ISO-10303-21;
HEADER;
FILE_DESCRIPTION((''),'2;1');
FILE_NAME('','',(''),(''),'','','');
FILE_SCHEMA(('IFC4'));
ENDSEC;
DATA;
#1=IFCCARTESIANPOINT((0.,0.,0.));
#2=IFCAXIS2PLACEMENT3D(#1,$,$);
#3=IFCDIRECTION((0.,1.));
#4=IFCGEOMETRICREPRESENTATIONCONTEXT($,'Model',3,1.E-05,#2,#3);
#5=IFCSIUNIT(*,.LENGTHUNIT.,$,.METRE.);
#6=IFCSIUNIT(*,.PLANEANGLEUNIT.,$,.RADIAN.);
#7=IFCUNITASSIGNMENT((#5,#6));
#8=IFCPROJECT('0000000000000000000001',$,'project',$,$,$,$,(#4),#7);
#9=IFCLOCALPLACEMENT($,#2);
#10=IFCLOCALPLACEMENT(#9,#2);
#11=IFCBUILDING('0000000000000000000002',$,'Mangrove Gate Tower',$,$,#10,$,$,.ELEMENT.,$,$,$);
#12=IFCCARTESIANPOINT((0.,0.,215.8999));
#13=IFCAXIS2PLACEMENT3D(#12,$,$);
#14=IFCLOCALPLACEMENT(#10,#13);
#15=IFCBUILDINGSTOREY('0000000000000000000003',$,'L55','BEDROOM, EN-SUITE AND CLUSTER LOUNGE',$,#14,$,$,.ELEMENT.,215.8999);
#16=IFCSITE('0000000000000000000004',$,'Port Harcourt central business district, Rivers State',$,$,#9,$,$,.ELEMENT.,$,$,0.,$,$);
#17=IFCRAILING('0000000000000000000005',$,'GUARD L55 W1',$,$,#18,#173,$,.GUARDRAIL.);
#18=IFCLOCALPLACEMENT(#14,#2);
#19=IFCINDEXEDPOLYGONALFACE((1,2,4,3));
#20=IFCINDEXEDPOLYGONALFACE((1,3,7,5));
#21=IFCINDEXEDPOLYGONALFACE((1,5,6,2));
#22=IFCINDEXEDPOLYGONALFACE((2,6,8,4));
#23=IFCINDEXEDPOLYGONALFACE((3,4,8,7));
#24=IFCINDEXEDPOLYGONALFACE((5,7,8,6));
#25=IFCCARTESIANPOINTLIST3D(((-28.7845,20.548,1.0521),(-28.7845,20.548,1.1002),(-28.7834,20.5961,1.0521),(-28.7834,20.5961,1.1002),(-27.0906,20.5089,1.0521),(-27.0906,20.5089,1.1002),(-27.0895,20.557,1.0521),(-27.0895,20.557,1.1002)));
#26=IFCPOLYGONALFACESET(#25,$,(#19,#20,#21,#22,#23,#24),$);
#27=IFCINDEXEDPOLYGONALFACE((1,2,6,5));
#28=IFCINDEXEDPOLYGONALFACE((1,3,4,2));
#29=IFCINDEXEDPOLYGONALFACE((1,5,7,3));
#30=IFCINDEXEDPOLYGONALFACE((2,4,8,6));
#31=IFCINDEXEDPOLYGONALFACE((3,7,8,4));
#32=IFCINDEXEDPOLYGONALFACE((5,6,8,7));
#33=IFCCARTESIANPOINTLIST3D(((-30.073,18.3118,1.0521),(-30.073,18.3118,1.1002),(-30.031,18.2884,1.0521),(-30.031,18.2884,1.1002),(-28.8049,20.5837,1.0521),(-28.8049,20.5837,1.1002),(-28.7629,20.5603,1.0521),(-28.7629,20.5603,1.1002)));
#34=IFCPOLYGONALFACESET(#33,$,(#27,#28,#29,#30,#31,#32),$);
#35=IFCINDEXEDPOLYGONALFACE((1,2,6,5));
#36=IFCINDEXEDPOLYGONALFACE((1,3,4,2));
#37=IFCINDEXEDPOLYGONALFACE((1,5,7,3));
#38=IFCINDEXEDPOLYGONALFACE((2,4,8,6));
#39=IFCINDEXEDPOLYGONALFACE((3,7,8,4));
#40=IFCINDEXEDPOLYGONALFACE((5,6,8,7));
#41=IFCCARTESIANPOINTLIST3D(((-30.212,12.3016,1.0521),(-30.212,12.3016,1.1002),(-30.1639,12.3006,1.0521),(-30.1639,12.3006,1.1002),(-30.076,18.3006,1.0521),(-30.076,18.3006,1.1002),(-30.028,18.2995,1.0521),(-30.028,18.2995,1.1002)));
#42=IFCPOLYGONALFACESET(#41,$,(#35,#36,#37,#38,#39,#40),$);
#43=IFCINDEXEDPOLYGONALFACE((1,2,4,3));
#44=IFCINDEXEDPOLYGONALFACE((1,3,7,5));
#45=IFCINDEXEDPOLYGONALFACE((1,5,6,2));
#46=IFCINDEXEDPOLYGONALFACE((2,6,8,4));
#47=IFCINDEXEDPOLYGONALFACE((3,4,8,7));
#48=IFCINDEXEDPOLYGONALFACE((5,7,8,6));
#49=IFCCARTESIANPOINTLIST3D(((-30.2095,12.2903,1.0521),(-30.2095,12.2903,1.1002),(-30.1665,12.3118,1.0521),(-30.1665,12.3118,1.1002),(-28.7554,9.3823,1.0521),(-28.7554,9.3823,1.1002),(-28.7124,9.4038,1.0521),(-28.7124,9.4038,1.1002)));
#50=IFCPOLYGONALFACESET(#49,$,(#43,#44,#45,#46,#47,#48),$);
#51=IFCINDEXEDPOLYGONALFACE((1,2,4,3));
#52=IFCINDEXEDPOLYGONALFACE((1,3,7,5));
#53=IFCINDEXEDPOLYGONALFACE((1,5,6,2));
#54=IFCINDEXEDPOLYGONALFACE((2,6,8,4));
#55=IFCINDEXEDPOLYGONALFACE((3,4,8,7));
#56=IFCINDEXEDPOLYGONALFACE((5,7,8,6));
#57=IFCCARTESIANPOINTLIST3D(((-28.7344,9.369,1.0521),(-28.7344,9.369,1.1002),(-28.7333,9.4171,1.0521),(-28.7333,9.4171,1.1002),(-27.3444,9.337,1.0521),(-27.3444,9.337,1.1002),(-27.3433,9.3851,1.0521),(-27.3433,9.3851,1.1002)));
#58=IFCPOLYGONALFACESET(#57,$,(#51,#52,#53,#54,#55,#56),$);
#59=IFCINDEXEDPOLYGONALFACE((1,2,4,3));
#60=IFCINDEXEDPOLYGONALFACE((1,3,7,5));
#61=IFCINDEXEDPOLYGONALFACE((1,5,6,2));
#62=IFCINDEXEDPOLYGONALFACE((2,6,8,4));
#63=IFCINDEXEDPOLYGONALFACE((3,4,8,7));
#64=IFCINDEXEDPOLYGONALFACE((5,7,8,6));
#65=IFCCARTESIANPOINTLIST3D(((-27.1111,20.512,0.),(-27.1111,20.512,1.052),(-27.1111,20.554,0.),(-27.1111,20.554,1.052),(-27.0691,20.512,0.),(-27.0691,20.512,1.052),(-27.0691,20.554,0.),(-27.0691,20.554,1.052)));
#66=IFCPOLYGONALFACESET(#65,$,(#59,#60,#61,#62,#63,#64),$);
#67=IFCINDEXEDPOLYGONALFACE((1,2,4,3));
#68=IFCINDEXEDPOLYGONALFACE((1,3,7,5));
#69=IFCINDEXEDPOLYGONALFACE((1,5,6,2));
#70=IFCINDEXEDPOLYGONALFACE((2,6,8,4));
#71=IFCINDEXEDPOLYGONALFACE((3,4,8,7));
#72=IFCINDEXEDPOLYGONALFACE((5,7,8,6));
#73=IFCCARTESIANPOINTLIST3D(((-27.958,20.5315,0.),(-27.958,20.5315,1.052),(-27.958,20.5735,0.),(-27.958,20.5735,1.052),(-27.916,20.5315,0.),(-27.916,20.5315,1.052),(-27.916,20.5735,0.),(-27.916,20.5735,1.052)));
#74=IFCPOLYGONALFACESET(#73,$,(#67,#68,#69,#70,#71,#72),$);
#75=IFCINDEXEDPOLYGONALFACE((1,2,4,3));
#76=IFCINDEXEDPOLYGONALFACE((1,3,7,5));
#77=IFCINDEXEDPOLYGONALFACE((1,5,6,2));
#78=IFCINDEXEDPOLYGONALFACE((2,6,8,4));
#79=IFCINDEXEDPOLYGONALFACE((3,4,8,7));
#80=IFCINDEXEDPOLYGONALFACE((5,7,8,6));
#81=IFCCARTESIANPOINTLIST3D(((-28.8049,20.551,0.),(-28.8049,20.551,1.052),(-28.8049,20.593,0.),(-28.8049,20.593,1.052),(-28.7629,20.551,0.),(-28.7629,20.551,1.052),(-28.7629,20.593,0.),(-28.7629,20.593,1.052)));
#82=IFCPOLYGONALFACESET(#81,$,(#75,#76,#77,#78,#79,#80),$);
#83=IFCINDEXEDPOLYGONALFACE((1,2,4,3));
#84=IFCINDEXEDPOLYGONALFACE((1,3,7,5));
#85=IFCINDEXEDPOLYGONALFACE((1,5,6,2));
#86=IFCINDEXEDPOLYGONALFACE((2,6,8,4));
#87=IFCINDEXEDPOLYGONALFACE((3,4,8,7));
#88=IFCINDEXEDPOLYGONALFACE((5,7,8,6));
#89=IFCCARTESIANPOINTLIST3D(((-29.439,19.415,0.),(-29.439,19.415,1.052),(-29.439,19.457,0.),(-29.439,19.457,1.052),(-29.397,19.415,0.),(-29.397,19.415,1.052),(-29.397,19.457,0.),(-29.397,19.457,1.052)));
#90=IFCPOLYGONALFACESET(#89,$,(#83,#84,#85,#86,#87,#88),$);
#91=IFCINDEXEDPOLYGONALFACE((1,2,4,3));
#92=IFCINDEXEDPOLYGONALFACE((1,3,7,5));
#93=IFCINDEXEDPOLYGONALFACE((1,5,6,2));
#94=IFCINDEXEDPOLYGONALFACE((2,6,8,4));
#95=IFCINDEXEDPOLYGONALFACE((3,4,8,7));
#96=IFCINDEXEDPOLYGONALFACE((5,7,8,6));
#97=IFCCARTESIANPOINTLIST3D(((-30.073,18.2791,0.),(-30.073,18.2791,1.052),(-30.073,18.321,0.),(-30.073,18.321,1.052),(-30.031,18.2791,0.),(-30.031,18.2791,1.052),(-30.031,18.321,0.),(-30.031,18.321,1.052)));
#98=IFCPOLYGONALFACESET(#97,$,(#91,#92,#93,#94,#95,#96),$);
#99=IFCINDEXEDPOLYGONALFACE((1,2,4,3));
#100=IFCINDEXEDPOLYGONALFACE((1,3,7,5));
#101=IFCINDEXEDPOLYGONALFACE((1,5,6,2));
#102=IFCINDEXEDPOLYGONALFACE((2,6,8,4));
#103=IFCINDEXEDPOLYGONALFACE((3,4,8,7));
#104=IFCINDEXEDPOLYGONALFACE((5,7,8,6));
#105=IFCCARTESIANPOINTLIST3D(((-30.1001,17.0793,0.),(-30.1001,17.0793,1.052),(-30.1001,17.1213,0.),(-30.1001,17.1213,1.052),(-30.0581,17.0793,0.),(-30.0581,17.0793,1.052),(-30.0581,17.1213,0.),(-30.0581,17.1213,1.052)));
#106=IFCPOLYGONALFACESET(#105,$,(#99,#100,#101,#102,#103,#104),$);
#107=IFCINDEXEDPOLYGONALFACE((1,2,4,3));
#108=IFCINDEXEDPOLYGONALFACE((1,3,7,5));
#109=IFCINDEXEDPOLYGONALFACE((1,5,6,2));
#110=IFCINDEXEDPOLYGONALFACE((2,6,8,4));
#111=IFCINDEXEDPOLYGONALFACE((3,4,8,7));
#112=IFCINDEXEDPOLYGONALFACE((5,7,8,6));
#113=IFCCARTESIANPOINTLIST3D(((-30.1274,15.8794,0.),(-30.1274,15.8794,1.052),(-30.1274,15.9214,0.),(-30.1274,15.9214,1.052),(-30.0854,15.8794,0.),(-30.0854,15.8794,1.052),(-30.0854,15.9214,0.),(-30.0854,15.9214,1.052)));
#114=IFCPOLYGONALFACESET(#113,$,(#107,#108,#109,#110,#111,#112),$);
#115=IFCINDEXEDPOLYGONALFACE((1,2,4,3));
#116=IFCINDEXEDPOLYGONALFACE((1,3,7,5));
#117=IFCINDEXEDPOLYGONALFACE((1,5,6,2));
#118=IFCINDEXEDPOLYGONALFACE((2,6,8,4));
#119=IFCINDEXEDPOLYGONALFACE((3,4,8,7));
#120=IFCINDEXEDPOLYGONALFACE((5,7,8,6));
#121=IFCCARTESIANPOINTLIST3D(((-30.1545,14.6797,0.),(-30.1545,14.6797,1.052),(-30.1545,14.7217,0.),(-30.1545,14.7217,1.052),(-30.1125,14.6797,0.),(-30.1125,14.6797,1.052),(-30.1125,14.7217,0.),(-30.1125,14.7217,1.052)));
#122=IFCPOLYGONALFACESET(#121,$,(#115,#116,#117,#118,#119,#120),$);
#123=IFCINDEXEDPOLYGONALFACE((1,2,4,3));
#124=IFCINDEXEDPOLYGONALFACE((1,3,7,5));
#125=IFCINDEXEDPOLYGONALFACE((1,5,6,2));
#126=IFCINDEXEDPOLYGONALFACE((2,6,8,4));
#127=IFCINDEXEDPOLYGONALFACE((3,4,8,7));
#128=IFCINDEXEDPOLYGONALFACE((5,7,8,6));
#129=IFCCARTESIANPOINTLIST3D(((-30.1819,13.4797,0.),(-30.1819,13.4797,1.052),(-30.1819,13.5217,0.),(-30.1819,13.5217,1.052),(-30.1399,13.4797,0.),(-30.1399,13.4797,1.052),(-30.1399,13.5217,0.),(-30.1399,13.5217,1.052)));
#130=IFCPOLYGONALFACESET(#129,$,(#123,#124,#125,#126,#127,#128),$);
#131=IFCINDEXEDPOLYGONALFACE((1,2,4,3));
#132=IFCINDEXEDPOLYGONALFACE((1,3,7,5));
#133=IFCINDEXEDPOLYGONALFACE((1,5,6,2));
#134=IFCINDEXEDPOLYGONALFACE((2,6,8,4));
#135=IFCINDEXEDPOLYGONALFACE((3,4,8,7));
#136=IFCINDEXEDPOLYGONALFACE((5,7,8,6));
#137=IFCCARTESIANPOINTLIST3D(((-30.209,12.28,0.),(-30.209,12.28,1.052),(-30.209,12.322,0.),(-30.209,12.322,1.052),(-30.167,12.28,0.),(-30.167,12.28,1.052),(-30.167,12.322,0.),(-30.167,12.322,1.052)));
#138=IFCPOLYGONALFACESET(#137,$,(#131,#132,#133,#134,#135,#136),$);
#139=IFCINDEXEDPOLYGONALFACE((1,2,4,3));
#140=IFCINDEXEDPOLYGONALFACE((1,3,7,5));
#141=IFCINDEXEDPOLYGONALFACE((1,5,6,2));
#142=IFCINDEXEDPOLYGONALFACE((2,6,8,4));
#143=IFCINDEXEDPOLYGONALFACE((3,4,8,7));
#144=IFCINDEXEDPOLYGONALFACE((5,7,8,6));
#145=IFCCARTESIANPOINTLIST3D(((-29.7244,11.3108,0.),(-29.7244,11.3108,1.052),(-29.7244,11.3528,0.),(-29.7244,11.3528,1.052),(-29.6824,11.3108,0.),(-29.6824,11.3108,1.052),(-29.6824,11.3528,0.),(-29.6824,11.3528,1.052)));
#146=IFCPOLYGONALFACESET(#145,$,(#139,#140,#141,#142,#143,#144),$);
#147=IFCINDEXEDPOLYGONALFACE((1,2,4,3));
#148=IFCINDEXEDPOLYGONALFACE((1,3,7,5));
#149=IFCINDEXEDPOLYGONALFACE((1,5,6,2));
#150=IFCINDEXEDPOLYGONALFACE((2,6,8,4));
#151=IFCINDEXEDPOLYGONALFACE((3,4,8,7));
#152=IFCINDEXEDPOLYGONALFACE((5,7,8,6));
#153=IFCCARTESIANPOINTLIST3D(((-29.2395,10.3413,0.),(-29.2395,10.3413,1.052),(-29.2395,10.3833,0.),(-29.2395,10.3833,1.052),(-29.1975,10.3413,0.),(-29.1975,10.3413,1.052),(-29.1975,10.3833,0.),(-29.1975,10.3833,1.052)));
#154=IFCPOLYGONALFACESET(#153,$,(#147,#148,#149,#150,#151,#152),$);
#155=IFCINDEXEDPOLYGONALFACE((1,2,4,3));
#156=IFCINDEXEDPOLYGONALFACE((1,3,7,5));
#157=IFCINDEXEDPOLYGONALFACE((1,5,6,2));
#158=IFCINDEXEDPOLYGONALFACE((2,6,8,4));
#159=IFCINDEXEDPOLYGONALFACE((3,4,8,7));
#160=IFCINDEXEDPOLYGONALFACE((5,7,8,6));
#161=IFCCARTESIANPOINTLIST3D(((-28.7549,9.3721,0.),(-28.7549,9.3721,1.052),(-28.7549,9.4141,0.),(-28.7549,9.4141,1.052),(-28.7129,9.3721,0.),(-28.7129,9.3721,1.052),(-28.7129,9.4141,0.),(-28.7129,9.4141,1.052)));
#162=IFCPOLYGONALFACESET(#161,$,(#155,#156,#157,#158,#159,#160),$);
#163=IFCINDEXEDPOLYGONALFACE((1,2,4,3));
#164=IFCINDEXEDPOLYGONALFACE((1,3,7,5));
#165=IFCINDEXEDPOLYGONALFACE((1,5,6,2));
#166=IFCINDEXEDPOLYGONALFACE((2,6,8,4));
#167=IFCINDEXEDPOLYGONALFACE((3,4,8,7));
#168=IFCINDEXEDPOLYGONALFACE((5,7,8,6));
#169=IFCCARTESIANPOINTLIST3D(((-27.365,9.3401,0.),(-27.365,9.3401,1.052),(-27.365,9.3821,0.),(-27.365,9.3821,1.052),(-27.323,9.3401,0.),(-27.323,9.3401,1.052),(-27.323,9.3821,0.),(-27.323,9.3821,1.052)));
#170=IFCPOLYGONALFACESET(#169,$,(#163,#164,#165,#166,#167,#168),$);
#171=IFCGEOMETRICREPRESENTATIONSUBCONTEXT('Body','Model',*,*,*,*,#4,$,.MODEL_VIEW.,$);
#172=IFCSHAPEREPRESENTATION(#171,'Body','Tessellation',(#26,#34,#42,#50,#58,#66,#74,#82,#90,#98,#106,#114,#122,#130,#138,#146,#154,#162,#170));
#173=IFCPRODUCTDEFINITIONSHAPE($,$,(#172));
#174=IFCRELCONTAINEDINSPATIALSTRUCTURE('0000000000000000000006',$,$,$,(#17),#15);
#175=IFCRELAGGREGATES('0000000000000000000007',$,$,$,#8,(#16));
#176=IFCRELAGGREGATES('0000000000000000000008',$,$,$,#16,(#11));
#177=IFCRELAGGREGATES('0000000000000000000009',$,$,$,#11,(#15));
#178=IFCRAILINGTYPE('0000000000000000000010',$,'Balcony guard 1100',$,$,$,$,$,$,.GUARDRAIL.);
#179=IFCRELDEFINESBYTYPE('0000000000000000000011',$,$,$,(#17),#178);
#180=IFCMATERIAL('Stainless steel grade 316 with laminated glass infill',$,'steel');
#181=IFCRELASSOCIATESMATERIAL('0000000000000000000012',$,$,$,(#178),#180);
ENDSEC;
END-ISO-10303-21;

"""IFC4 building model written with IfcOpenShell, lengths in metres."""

from ifc_helpers import new_model, si_unit, direction, frame, origin, origin_2d, place, context, subcontext, project, spatial, rectangle, extrude, material, type_object, element, save


model = new_model("IFC4")

# Units and contexts
model_context = context("Model", 3, precision=1e-05, world=origin(), true_north=direction((0.0, 1.0)))
body_context = subcontext(model_context, "Body", "Model", "MODEL_VIEW")
ifc_project = project(units=[si_unit("LENGTHUNIT", "METRE"), si_unit("PLANEANGLEUNIT", "RADIAN")], contexts=[model_context])

# Site, building, storey
site_placement = place(None, origin())
site = spatial("IfcSite", under=ifc_project, at=site_placement, Name="Port Harcourt central business district, Rivers State", CompositionType="ELEMENT", RefElevation=0.0)
building_placement = place(site_placement, origin())
building = spatial("IfcBuilding", under=site, at=building_placement, Name="Mangrove Gate Tower", CompositionType="ELEMENT")
storey_placement = place(building_placement, frame((0.0, 0.0, 215.8999)))
storey = spatial("IfcBuildingStorey", under=building, at=storey_placement, Name="L55", Description="BEDROOM, EN-SUITE AND CLUSTER LOUNGE", CompositionType="ELEMENT", Elevation=215.8999)

# Railing
ifc_material_1 = material(Name="Stainless steel grade 316 with laminated glass infill", Category="steel")
railing_type = type_object("IfcRailingType", Name="Balcony guard 1100", PredefinedType="GUARDRAIL", material=ifc_material_1)
railing_placement = place(storey_placement, frame((-27.0901, 20.533, 0.0)))
element("IfcRailing", 1, at=railing_placement, inside=storey, type_object=railing_type, Name="GUARD L55 W1", PredefinedType="GUARDRAIL", context=body_context, shape_type="SweptSolid", body=[
    extrude(rectangle(XDim=0.0481, YDim=0.0481, at=origin_2d()), frame((0.0, 0.0, 1.0762), z_axis=(-0.999734, 0.023055, 0.0), x_axis=(-0.023055, -0.999734, 0.0)), (0.0, 0.0, 1.0), 1.6943),
    extrude(rectangle(XDim=0.0481, YDim=0.0481, at=origin_2d()), frame((-1.6938, 0.0391, 1.0762), z_axis=(-0.487363, -0.8732, 0.0), x_axis=(0.8732, -0.487363, 0.0)), (0.0, 0.0, 1.0), 2.6018),
    extrude(rectangle(XDim=0.0481, YDim=0.0481, at=origin_2d()), frame((-2.9619, -2.2329, 1.0762), z_axis=(-0.022662, -0.999743, 0.0), x_axis=(0.999743, -0.022662, 0.0)), (0.0, 0.0, 1.0), 6.0005),
    extrude(rectangle(XDim=0.0481, YDim=0.0481, at=origin_2d()), frame((-3.0979, -8.2319, 1.0762), z_axis=(0.447244, -0.894412, 0.0), x_axis=(0.894412, 0.447244, 0.0)), (0.0, 0.0, 1.0), 3.2512),
    extrude(rectangle(XDim=0.0481, YDim=0.0481, at=origin_2d()), frame((-1.6438, -11.1399, 1.0762), z_axis=(0.999735, -0.023005, 0.0), x_axis=(0.023005, 0.999735, 0.0)), (0.0, 0.0, 1.0), 1.3904),
    extrude(rectangle(XDim=0.042, YDim=0.042, at=origin_2d()), origin(), (0.0, 0.0, 1.0), 1.052),
    extrude(rectangle(XDim=0.042, YDim=0.042, at=origin_2d()), frame((-0.8469, 0.0195, 0.0)), (0.0, 0.0, 1.0), 1.052),
    extrude(rectangle(XDim=0.042, YDim=0.042, at=origin_2d()), frame((-1.6938, 0.0391, 0.0)), (0.0, 0.0, 1.0), 1.052),
    extrude(rectangle(XDim=0.042, YDim=0.042, at=origin_2d()), frame((-2.3279, -1.0969, 0.0)), (0.0, 0.0, 1.0), 1.052),
    extrude(rectangle(XDim=0.042, YDim=0.042, at=origin_2d()), frame((-2.9619, -2.2329, 0.0)), (0.0, 0.0, 1.0), 1.052),
    extrude(rectangle(XDim=0.042, YDim=0.042, at=origin_2d()), frame((-2.989, -3.4326, 0.0)), (0.0, 0.0, 1.0), 1.052),
    extrude(rectangle(XDim=0.042, YDim=0.042, at=origin_2d()), frame((-3.0164, -4.6326, 0.0)), (0.0, 0.0, 1.0), 1.052),
    extrude(rectangle(XDim=0.042, YDim=0.042, at=origin_2d()), frame((-3.0435, -5.8323, 0.0)), (0.0, 0.0, 1.0), 1.052),
    extrude(rectangle(XDim=0.042, YDim=0.042, at=origin_2d()), frame((-3.0708, -7.0322, 0.0)), (0.0, 0.0, 1.0), 1.052),
    extrude(rectangle(XDim=0.042, YDim=0.042, at=origin_2d()), frame((-3.0979, -8.2319, 0.0)), (0.0, 0.0, 1.0), 1.052),
    extrude(rectangle(XDim=0.042, YDim=0.042, at=origin_2d()), frame((-2.6133, -9.2012, 0.0)), (0.0, 0.0, 1.0), 1.052),
    extrude(rectangle(XDim=0.042, YDim=0.042, at=origin_2d()), frame((-2.1284, -10.1707, 0.0)), (0.0, 0.0, 1.0), 1.052),
    extrude(rectangle(XDim=0.042, YDim=0.042, at=origin_2d()), frame((-1.6438, -11.1399, 0.0)), (0.0, 0.0, 1.0), 1.052),
    extrude(rectangle(XDim=0.042, YDim=0.042, at=origin_2d()), frame((-0.2539, -11.1719, 0.0)), (0.0, 0.0, 1.0), 1.052),
])

save(model, "model.ifc")
